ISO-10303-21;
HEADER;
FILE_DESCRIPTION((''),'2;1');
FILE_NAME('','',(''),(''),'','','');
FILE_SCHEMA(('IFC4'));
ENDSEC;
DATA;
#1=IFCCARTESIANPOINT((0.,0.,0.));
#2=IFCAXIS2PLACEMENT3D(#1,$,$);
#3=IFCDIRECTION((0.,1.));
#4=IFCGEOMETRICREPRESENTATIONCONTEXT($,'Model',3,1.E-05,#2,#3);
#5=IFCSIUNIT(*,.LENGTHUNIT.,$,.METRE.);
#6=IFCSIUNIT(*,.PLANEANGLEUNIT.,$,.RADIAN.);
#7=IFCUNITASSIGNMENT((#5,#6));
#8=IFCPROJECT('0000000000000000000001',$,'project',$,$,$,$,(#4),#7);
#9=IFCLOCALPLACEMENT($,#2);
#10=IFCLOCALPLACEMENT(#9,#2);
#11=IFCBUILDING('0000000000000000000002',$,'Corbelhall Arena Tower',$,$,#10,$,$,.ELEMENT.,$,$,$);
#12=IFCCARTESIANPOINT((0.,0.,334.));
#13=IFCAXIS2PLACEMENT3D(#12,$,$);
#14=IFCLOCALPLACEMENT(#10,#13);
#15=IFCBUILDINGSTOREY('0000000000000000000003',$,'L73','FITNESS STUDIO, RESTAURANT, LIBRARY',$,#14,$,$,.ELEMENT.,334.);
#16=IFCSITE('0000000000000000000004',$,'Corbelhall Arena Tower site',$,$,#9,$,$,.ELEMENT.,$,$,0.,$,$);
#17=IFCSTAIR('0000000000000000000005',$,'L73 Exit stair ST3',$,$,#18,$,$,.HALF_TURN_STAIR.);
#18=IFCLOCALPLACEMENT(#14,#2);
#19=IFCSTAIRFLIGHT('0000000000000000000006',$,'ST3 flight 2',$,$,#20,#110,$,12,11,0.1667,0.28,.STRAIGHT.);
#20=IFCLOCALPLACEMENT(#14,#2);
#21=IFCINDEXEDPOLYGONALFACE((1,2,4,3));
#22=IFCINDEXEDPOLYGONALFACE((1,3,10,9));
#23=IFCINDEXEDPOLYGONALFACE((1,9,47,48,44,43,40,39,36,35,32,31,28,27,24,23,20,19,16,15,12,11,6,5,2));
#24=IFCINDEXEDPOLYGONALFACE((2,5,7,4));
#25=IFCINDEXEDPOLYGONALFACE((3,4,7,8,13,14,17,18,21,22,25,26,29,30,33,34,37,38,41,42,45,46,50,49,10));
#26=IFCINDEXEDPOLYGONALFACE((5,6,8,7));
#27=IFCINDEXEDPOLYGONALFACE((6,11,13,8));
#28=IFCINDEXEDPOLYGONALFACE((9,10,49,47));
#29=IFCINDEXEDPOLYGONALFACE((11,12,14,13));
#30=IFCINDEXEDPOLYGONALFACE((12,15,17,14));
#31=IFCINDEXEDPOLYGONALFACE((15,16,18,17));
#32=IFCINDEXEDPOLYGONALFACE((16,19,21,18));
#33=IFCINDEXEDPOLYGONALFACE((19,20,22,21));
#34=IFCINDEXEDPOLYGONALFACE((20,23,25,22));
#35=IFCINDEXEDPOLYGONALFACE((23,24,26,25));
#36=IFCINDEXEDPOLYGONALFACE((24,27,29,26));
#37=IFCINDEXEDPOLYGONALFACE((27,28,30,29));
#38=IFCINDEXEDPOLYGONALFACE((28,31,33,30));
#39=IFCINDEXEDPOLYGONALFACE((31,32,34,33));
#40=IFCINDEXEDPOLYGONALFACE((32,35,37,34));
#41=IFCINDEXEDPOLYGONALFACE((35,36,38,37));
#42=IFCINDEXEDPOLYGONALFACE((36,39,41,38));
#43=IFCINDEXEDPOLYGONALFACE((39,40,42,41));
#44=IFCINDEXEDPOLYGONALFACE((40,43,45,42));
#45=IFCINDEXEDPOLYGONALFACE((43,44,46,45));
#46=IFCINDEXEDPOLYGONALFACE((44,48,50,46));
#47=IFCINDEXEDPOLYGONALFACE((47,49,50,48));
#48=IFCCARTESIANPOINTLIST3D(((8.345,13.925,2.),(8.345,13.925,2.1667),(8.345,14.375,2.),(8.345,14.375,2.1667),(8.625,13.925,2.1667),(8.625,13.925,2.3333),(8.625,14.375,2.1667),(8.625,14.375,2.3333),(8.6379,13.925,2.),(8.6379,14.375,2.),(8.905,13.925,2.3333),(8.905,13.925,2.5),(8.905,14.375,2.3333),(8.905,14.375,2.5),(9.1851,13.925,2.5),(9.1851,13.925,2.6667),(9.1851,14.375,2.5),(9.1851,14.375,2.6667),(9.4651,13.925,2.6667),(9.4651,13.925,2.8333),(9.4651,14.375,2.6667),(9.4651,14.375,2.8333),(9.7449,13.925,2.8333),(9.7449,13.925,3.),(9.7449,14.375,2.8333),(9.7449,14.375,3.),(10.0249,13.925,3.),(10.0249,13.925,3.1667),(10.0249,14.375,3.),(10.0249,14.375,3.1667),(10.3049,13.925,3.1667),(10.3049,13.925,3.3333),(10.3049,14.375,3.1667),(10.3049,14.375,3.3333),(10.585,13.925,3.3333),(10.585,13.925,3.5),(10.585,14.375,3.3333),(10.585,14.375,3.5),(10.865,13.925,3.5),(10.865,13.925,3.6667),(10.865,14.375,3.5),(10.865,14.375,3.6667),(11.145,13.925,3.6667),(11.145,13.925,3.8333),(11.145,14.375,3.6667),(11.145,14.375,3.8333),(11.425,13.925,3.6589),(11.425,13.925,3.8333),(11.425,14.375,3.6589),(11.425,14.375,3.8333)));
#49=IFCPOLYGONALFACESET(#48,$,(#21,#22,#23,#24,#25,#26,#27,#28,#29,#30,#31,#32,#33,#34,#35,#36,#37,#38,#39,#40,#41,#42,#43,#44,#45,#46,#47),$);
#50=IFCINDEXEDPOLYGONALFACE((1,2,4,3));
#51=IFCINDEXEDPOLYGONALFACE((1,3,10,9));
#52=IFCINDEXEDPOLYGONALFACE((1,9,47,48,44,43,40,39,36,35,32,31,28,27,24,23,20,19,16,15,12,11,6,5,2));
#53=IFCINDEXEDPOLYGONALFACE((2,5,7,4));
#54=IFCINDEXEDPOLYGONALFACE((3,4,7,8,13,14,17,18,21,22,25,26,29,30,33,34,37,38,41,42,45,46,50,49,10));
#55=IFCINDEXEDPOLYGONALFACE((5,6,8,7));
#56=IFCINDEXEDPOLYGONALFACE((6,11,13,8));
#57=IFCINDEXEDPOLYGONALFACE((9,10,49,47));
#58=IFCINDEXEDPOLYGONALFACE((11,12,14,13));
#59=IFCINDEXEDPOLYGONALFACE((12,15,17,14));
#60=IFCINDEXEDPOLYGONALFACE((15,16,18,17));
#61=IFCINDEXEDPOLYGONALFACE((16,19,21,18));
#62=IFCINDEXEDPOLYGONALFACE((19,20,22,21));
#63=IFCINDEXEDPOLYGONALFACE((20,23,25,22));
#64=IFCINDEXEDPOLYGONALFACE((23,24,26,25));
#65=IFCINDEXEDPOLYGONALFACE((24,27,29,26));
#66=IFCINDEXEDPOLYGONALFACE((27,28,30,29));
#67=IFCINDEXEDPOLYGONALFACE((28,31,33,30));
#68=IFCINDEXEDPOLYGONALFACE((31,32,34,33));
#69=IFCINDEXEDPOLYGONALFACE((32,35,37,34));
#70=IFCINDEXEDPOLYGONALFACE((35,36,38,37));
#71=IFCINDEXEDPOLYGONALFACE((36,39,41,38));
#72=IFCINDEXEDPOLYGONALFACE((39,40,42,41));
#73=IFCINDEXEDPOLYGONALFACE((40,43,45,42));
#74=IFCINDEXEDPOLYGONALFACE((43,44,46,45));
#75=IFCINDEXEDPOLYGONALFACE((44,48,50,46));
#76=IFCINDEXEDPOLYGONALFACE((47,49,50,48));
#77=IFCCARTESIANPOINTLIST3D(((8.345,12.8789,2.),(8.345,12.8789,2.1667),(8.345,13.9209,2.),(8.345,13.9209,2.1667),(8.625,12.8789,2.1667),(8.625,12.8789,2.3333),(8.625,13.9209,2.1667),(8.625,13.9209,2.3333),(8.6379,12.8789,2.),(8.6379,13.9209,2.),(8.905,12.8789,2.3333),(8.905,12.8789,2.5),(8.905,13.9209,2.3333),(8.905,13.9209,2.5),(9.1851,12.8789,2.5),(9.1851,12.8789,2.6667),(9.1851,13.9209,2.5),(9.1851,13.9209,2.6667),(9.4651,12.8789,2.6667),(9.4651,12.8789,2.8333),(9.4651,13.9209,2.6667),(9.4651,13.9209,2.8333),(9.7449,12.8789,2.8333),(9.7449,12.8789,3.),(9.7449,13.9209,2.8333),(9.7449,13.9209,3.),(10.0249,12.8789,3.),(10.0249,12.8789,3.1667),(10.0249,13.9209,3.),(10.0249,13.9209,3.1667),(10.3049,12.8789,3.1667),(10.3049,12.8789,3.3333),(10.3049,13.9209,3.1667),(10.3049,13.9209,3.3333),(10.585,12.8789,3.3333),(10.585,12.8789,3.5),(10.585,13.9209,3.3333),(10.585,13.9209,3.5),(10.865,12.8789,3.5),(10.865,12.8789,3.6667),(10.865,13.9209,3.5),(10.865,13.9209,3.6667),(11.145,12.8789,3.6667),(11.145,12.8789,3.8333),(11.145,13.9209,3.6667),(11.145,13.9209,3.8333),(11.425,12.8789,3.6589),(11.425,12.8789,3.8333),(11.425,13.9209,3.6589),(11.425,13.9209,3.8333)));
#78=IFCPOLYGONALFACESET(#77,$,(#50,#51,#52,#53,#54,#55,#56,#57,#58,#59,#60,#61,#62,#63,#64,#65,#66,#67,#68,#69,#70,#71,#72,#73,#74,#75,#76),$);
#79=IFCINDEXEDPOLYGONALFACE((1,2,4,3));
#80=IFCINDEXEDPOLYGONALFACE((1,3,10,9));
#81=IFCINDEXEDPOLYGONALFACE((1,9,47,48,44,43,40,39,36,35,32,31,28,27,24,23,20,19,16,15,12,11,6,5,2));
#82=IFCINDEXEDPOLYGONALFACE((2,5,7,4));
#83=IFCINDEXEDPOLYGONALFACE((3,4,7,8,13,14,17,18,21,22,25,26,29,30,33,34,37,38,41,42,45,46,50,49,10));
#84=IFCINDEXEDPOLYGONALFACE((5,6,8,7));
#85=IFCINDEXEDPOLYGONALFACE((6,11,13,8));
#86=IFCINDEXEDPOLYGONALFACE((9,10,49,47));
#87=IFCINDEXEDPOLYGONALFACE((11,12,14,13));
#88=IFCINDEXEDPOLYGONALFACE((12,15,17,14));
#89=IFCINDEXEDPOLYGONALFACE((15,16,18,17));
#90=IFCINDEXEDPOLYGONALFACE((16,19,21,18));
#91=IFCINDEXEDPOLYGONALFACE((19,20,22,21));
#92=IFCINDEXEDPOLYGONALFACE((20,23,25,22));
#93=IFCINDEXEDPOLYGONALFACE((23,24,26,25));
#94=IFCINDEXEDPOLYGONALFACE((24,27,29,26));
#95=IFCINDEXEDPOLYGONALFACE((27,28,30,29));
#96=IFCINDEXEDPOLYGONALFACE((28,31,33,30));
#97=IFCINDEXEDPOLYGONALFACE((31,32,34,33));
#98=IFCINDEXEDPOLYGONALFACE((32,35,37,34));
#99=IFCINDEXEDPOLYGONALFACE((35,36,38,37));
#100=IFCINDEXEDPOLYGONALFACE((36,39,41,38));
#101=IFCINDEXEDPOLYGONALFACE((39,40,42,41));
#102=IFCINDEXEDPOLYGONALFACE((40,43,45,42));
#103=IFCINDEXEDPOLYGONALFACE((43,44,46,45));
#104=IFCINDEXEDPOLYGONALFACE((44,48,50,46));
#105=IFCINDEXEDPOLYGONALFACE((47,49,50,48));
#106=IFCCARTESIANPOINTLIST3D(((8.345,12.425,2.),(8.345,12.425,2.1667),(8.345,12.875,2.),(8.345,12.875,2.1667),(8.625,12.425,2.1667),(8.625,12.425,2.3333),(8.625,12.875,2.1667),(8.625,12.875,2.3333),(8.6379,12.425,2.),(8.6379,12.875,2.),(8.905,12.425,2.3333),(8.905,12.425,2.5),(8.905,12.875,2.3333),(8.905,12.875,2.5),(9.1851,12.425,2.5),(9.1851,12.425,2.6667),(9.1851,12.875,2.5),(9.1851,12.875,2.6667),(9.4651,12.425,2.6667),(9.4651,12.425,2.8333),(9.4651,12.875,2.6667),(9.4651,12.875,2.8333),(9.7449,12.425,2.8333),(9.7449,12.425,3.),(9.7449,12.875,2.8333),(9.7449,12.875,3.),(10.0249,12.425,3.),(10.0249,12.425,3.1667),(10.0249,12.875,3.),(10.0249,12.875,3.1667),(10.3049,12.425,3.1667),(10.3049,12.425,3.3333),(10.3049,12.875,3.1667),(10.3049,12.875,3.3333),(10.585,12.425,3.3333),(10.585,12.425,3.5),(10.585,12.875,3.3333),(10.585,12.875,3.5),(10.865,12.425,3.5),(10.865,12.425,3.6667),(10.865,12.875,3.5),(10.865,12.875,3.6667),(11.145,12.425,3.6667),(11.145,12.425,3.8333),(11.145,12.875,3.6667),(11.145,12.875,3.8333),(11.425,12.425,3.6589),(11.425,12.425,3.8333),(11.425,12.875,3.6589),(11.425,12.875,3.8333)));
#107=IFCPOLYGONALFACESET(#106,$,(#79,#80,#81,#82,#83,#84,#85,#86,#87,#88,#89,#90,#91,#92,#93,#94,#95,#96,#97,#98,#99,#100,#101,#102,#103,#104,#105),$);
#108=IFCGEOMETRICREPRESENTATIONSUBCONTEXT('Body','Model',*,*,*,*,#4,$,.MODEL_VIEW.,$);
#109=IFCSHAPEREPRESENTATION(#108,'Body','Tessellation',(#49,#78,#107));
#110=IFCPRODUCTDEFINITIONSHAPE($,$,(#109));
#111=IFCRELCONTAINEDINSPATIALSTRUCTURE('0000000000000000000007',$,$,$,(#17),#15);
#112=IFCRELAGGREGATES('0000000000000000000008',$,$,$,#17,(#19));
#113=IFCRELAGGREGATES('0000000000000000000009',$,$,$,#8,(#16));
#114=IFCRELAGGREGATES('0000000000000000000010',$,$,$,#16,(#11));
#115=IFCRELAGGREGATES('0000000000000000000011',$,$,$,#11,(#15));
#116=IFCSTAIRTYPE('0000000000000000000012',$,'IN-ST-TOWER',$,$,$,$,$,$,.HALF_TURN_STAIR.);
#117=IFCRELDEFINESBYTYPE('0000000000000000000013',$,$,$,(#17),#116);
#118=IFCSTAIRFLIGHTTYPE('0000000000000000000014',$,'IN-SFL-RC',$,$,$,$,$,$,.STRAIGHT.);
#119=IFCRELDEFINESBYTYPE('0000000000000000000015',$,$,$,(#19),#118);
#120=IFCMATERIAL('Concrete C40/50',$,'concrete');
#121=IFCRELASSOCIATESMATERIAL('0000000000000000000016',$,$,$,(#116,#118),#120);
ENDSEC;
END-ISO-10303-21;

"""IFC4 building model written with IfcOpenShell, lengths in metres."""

from ifc_helpers import new_model, si_unit, direction, frame, origin, place, context, subcontext, project, spatial, polyline, outline, extrude, material, type_object, element, aggregate, save


model = new_model("IFC4")

# Units and contexts
model_context = context("Model", 3, precision=1e-05, world=origin(), true_north=direction((0.0, 1.0)))
body_context = subcontext(model_context, "Body", "Model", "MODEL_VIEW")
ifc_project = project(units=[si_unit("LENGTHUNIT", "METRE"), si_unit("PLANEANGLEUNIT", "RADIAN")], contexts=[model_context])

# Site, building, storey
site_placement = place(None, origin())
site = spatial("IfcSite", under=ifc_project, at=site_placement, Name="Corbelhall Arena Tower site", CompositionType="ELEMENT", RefElevation=0.0)
building_placement = place(site_placement, origin())
building = spatial("IfcBuilding", under=site, at=building_placement, Name="Corbelhall Arena Tower", CompositionType="ELEMENT")
storey_placement = place(building_placement, frame((0.0, 0.0, 334.0)))
storey = spatial("IfcBuildingStorey", under=building, at=storey_placement, Name="L73", Description="FITNESS STUDIO, RESTAURANT, LIBRARY", CompositionType="ELEMENT", Elevation=334.0)

# Shared definitions
ifc_material_1 = material(Name="Concrete C40/50", Category="concrete")

# Stair, stair flight
stair_type = type_object("IfcStairType", Name="IN-ST-TOWER", PredefinedType="HALF_TURN_STAIR", material=ifc_material_1)
stair_placement = place(storey_placement, origin())
stair = element("IfcStair", 1, at=stair_placement, inside=storey, type_object=stair_type, Name="L73 Exit stair ST3", PredefinedType="HALF_TURN_STAIR")
stair_flight_type = type_object("IfcStairFlightType", Name="IN-SFL-RC", PredefinedType="STRAIGHT", material=ifc_material_1)
stair_flight_1_placement = place(storey_placement, frame((8.345, 13.3999, 2.0), z_axis=(0.0, 0.0, 1.0), x_axis=(1.0, 0.0, 0.0)))
stair_flight_1 = element("IfcStairFlight", 2, at=stair_flight_1_placement, type_object=stair_flight_type, Name="ST3 flight 2", NumberOfRisers=12, NumberOfTreads=11, PredefinedType="STRAIGHT", RiserHeight=0.1667, TreadLength=0.28, context=body_context, shape_type="SweptSolid", body=[
    extrude(outline(polyline([(0.0, 0.0), (0.0, 0.1667), (0.28, 0.1667), (0.28, 0.3333), (0.5601, 0.3333), (0.5601, 0.5), (0.8401, 0.5), (0.8401, 0.6667), (1.1201, 0.6667), (1.1201, 0.8333), (1.3999, 0.8333), (1.3999, 1.0), (1.6799, 1.0), (1.6799, 1.1667), (1.96, 1.1667), (1.96, 1.3333), (2.24, 1.3333), (2.24, 1.5), (2.52, 1.5), (2.52, 1.6667), (2.8, 1.6667), (2.8, 1.8333), (3.0801, 1.8333), (3.0801, 2.0), (3.0801, 1.6589), (0.293, 0.0), (0.0, 0.0)])), frame((0.0, 0.9751, 0.0), z_axis=(0.0, -1.0, 0.0), x_axis=(1.0, 0.0, 0.0)), (0.0, 0.0, 1.0), 0.45),
    extrude(outline(polyline([(0.0, 0.0), (0.0, 0.1667), (0.28, 0.1667), (0.28, 0.3333), (0.5601, 0.3333), (0.5601, 0.5), (0.8401, 0.5), (0.8401, 0.6667), (1.1201, 0.6667), (1.1201, 0.8333), (1.3999, 0.8333), (1.3999, 1.0), (1.6799, 1.0), (1.6799, 1.1667), (1.96, 1.1667), (1.96, 1.3333), (2.24, 1.3333), (2.24, 1.5), (2.52, 1.5), (2.52, 1.6667), (2.8, 1.6667), (2.8, 1.8333), (3.0801, 1.8333), (3.0801, 2.0), (3.0801, 1.6589), (0.293, 0.0), (0.0, 0.0)])), frame((0.0, 0.521, 0.0), z_axis=(0.0, -1.0, 0.0), x_axis=(1.0, 0.0, 0.0)), (0.0, 0.0, 1.0), 1.042),
    extrude(outline(polyline([(0.0, 0.0), (0.0, 0.1667), (0.28, 0.1667), (0.28, 0.3333), (0.5601, 0.3333), (0.5601, 0.5), (0.8401, 0.5), (0.8401, 0.6667), (1.1201, 0.6667), (1.1201, 0.8333), (1.3999, 0.8333), (1.3999, 1.0), (1.6799, 1.0), (1.6799, 1.1667), (1.96, 1.1667), (1.96, 1.3333), (2.24, 1.3333), (2.24, 1.5), (2.52, 1.5), (2.52, 1.6667), (2.8, 1.6667), (2.8, 1.8333), (3.0801, 1.8333), (3.0801, 2.0), (3.0801, 1.6589), (0.293, 0.0), (0.0, 0.0)])), frame((0.0, -0.5249, 0.0), z_axis=(0.0, -1.0, 0.0), x_axis=(1.0, 0.0, 0.0)), (0.0, 0.0, 1.0), 0.45),
])
aggregate(stair, [stair_flight_1])

save(model, "model.ifc")
